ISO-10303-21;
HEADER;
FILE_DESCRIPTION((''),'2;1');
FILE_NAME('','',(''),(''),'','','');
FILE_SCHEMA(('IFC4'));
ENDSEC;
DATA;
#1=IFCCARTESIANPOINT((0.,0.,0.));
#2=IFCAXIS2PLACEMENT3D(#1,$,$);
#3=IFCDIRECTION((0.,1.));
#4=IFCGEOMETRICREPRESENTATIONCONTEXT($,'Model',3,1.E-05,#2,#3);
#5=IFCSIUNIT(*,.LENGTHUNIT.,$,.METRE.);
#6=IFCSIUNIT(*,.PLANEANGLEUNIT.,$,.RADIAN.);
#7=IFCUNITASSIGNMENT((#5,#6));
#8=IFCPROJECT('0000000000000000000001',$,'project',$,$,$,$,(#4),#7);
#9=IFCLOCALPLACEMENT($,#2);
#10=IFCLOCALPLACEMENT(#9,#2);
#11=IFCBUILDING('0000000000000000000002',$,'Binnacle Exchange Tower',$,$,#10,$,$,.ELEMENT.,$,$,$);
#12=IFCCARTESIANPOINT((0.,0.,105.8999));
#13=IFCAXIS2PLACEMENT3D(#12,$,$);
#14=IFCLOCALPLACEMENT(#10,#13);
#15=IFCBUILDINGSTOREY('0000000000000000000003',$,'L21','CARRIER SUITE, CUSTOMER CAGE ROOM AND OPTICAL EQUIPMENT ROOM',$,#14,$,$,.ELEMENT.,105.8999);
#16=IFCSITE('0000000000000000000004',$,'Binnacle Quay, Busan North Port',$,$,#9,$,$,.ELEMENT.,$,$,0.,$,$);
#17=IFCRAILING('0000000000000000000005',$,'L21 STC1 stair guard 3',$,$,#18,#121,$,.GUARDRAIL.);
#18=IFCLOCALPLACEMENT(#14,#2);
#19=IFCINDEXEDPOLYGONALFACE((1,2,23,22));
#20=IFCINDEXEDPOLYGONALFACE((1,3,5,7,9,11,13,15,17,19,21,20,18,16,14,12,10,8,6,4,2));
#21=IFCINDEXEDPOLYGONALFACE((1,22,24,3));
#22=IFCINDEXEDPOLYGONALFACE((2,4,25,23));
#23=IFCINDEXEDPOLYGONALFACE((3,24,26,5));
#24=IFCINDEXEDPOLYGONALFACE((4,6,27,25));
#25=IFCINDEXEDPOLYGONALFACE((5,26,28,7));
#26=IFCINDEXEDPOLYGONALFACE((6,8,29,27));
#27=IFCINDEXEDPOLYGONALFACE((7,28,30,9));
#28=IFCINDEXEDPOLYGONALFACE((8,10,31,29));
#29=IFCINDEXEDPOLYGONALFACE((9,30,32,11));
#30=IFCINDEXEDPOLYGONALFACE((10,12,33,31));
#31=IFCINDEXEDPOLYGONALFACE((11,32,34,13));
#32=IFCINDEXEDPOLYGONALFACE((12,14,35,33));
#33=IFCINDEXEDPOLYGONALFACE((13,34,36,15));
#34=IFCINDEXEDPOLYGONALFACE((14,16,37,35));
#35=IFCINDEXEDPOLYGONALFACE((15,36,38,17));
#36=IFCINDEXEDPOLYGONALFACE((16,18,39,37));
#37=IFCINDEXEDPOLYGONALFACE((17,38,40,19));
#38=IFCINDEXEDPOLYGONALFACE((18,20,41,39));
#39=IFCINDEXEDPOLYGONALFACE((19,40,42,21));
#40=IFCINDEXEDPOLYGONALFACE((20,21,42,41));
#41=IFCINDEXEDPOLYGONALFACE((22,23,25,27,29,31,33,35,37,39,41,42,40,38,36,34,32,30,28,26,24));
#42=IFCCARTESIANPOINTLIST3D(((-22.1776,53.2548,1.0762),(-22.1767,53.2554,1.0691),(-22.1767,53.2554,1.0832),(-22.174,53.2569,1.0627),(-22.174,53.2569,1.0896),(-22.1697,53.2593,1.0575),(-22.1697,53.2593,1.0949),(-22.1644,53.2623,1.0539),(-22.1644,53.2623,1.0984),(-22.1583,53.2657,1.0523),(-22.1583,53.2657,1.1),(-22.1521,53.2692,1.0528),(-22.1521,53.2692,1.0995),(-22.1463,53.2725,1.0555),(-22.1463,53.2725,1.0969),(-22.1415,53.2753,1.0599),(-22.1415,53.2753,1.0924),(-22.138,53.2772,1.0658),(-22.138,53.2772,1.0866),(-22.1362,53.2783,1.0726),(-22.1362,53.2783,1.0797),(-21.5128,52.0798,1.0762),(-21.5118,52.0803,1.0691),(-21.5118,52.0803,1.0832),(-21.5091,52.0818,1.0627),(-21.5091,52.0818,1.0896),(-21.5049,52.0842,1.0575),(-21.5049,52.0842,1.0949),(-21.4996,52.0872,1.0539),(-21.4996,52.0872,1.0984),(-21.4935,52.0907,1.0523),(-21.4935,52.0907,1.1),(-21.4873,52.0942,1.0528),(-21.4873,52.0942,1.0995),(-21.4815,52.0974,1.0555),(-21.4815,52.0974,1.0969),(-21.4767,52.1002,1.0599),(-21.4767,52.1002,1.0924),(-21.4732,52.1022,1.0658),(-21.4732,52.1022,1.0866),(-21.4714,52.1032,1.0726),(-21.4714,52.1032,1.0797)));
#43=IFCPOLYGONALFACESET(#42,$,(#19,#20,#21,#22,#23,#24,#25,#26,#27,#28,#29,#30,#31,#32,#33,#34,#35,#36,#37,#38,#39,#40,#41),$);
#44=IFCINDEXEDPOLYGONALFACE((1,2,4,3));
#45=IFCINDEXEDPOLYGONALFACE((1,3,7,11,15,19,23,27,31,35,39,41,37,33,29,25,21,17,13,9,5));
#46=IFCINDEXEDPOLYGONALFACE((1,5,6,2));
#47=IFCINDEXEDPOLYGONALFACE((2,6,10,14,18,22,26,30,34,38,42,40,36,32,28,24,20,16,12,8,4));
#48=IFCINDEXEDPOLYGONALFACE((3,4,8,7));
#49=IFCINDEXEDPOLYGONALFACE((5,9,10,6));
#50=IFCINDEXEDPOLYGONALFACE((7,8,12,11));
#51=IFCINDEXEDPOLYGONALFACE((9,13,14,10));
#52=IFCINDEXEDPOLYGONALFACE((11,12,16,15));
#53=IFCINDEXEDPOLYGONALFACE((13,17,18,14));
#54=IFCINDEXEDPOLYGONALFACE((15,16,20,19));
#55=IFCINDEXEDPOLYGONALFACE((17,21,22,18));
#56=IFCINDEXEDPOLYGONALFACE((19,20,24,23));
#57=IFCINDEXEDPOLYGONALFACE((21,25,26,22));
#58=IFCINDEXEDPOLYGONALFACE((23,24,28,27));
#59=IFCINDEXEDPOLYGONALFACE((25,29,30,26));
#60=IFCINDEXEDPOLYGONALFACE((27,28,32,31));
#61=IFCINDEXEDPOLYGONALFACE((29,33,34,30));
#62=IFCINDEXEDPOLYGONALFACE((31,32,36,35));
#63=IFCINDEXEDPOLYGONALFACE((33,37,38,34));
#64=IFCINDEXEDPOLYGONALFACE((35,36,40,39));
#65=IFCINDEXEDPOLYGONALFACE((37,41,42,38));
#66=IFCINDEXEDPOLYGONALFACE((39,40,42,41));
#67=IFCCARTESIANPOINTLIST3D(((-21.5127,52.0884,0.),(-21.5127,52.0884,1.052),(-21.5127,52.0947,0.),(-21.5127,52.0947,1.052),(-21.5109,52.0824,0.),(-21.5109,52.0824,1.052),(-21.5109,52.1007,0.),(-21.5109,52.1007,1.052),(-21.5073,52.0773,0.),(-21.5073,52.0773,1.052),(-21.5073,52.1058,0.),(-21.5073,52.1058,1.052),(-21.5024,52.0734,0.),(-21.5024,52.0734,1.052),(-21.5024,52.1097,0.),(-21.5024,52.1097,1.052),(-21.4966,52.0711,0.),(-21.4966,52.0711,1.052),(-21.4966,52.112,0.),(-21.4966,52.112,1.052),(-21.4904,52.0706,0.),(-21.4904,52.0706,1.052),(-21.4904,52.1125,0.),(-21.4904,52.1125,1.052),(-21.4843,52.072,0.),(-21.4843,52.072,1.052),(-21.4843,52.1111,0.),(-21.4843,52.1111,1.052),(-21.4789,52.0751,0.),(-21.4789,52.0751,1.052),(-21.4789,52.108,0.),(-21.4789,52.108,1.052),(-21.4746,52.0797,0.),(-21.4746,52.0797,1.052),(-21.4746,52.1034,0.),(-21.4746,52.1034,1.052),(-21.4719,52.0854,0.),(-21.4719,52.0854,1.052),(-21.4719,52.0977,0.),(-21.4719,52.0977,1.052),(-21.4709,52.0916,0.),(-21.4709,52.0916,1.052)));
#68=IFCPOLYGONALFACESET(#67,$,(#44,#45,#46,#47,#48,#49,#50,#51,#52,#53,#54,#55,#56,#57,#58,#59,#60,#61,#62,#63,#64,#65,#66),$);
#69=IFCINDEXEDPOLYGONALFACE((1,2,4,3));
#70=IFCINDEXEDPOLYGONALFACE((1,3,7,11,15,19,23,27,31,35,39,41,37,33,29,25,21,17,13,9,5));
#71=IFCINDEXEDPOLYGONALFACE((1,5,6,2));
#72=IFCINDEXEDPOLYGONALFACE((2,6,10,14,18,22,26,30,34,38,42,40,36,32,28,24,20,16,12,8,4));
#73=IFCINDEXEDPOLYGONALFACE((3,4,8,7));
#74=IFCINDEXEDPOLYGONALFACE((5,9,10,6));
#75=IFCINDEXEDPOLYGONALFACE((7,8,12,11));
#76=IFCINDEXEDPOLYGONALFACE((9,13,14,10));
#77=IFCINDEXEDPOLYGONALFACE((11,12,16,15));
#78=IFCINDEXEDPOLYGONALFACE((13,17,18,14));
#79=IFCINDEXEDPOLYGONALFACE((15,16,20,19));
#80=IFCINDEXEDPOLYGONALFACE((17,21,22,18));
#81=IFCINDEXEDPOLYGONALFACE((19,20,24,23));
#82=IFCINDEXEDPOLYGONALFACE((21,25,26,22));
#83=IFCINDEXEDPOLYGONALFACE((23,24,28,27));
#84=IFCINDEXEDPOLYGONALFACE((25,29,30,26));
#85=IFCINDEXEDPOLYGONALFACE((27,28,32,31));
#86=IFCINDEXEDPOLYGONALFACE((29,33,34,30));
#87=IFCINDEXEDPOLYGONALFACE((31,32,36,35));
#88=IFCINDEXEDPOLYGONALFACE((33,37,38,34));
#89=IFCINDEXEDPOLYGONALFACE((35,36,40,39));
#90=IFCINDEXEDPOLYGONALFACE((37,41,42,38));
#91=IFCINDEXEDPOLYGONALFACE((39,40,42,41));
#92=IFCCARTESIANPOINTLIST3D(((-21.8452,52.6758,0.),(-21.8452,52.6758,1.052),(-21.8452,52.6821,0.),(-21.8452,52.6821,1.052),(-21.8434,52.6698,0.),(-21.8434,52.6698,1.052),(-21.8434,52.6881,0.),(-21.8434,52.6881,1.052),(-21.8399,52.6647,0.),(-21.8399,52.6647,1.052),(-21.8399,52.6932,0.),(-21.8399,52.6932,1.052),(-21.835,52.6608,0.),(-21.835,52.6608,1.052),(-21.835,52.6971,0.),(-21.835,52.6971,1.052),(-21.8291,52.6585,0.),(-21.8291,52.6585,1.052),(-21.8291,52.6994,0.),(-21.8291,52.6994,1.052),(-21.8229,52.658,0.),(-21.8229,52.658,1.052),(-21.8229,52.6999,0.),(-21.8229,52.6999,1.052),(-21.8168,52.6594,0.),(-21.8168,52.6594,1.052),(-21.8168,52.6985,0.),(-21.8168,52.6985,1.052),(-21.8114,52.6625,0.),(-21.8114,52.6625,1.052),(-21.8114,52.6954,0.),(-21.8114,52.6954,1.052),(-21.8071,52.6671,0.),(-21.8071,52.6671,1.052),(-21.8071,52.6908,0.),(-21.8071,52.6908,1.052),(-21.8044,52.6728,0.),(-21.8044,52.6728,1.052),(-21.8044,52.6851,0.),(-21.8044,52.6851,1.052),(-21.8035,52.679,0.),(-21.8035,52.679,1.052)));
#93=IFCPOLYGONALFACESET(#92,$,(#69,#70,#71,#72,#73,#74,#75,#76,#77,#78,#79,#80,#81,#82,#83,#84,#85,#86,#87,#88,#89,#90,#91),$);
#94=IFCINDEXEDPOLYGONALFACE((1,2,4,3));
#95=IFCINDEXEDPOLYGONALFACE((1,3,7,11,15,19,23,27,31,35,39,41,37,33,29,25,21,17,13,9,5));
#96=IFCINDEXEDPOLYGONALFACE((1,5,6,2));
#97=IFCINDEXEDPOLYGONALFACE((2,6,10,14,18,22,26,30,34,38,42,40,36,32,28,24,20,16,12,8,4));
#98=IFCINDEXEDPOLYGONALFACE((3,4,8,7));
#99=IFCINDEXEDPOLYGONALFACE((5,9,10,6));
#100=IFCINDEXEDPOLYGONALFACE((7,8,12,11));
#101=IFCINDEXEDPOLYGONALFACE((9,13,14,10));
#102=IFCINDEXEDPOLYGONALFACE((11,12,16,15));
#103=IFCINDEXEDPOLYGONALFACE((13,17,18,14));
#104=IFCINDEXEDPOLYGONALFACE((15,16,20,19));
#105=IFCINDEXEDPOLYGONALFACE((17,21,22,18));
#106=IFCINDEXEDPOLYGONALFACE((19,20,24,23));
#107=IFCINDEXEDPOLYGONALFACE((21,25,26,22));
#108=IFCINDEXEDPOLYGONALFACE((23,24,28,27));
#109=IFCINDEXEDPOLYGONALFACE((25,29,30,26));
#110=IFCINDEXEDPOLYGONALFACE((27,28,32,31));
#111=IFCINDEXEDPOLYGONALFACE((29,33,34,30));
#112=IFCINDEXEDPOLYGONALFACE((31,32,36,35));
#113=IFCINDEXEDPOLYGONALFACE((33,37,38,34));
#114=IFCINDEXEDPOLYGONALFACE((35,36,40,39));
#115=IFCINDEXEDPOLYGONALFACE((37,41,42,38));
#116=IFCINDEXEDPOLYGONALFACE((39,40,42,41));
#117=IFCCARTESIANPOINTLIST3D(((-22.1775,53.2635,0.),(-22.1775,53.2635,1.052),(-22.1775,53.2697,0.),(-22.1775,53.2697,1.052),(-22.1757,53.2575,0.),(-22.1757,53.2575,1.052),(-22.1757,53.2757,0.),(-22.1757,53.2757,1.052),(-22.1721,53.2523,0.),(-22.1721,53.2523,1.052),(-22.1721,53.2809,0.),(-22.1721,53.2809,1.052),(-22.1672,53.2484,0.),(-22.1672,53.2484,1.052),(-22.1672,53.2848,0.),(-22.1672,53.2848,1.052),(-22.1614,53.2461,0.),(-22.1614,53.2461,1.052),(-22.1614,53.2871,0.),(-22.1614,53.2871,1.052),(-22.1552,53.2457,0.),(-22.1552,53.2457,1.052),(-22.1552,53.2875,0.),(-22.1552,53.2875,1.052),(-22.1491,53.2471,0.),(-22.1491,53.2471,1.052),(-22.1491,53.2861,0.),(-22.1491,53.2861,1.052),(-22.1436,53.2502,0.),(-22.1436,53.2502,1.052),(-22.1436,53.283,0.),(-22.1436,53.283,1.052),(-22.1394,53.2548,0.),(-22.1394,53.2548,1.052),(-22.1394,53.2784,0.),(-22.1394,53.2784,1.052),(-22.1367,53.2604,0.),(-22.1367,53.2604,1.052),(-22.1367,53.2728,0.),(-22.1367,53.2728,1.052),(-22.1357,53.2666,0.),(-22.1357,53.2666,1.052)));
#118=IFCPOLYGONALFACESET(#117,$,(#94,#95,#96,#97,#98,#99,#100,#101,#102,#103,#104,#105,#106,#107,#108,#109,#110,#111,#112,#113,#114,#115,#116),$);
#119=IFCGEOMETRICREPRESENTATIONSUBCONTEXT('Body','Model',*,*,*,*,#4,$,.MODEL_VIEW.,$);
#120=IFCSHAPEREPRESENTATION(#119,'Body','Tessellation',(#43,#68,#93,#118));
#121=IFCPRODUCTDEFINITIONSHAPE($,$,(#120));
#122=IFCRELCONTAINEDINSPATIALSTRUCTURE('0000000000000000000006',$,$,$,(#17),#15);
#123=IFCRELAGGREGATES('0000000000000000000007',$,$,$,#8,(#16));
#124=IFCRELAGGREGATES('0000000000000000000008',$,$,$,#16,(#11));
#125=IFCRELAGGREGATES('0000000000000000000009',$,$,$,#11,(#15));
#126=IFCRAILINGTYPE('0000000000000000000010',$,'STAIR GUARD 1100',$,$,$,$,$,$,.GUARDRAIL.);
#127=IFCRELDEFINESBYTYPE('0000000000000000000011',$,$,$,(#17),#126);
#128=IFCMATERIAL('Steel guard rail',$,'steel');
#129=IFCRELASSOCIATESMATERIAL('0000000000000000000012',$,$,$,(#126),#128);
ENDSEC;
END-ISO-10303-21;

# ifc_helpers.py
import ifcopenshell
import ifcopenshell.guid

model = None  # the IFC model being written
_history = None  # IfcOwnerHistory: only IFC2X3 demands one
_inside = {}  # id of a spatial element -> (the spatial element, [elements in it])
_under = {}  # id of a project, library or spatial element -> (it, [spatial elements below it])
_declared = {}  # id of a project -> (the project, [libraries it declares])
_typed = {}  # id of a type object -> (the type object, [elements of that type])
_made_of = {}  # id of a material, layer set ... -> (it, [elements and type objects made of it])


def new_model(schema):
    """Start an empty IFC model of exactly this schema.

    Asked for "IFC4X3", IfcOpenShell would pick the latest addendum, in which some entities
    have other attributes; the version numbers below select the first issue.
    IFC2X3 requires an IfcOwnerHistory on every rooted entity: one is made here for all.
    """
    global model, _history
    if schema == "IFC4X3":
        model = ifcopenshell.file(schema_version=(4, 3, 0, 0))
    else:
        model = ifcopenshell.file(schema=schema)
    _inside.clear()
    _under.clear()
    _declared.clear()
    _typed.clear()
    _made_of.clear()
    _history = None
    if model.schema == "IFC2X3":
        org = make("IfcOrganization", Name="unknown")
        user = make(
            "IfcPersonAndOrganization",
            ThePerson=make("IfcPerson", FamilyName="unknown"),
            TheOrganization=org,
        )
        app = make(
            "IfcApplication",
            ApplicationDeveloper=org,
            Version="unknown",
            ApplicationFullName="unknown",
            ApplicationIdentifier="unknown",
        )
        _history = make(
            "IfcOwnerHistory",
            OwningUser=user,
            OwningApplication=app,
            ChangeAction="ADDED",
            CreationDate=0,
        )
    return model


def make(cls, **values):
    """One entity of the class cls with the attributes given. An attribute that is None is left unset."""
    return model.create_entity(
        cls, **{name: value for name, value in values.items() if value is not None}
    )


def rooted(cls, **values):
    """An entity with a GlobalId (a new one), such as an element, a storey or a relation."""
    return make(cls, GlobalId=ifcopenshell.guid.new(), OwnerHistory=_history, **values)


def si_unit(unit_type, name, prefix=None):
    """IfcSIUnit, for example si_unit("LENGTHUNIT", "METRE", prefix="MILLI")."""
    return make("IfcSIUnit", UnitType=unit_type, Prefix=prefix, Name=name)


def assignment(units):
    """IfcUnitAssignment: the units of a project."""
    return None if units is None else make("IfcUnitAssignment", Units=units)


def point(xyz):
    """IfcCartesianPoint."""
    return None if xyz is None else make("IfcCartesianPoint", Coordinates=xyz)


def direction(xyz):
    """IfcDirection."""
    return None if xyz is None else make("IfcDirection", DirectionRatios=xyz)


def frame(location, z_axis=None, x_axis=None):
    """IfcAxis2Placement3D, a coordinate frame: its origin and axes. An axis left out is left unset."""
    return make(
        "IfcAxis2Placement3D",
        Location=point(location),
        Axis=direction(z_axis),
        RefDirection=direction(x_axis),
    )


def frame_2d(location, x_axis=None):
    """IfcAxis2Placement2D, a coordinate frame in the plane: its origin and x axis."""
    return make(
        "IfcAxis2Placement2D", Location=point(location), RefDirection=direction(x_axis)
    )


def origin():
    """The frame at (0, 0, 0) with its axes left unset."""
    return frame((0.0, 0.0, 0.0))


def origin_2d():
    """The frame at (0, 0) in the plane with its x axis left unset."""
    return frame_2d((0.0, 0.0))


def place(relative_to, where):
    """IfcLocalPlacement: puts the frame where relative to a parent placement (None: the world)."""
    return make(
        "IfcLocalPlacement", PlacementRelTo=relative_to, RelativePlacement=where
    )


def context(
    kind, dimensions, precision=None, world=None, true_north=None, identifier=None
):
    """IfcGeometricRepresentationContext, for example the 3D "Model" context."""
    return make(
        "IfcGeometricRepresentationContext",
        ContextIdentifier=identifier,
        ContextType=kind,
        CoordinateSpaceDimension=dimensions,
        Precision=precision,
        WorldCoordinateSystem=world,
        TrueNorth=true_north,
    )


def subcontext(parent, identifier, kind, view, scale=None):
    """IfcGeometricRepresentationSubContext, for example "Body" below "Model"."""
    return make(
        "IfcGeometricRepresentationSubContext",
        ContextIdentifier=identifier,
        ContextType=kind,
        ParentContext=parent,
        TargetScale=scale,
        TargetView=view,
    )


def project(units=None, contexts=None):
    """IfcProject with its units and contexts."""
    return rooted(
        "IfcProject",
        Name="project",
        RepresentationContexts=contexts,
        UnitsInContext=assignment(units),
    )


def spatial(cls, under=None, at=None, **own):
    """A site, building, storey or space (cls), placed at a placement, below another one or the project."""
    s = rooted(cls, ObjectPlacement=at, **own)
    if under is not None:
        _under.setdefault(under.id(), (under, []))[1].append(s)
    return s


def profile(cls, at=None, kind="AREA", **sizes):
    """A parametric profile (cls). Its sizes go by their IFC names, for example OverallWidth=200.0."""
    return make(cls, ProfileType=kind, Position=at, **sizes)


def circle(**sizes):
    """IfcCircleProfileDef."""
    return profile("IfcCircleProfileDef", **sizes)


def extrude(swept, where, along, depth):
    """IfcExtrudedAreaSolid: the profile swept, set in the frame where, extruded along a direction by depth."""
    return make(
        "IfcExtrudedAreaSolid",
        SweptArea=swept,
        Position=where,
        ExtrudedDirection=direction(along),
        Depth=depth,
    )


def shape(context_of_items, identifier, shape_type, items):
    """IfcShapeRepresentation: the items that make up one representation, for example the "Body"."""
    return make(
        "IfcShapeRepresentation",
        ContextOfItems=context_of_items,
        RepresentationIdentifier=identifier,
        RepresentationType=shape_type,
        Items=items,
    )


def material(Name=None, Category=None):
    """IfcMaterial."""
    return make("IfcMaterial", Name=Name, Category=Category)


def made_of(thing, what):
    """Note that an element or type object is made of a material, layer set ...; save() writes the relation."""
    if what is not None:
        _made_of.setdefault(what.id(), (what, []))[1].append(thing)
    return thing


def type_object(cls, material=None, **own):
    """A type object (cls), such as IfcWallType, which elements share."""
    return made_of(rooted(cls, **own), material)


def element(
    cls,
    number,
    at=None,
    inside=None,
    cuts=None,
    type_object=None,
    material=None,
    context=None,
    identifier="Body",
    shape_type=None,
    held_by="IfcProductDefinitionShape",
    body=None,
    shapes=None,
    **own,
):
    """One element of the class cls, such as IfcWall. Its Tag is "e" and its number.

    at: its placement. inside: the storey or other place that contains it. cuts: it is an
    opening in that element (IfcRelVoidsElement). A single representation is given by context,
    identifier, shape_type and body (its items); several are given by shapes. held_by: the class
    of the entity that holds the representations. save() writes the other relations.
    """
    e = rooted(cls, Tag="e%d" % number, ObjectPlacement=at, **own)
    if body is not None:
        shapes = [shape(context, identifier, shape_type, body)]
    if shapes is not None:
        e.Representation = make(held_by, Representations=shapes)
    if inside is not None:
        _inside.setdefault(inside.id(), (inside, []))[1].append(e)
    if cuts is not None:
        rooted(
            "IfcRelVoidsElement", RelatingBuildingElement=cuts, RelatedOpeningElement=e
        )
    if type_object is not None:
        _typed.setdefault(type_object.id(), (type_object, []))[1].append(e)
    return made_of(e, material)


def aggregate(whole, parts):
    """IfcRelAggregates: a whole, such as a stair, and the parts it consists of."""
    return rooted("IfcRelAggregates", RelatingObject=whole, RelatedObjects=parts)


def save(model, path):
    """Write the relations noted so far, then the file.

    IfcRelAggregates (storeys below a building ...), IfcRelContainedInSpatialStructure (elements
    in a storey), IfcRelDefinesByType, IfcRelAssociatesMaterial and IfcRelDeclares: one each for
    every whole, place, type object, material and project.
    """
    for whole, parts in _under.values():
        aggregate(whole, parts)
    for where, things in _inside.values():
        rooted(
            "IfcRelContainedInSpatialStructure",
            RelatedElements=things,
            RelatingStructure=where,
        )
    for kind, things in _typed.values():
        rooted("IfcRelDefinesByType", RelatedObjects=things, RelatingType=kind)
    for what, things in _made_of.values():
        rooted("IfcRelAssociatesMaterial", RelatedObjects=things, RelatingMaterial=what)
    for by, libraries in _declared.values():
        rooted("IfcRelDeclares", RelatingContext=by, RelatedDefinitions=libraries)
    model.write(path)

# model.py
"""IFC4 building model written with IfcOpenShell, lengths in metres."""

from ifc_helpers import new_model, si_unit, direction, frame, origin, origin_2d, place, context, subcontext, project, spatial, circle, extrude, material, type_object, element, save


model = new_model("IFC4")

# Units and contexts
model_context = context("Model", 3, precision=1e-05, world=origin(), true_north=direction((0.0, 1.0)))
body_context = subcontext(model_context, "Body", "Model", "MODEL_VIEW")
ifc_project = project(units=[si_unit("LENGTHUNIT", "METRE"), si_unit("PLANEANGLEUNIT", "RADIAN")], contexts=[model_context])

# Site, building, storey
site_placement = place(None, origin())
site = spatial("IfcSite", under=ifc_project, at=site_placement, Name="Binnacle Quay, Busan North Port", CompositionType="ELEMENT", RefElevation=0.0)
building_placement = place(site_placement, origin())
building = spatial("IfcBuilding", under=site, at=building_placement, Name="Binnacle Exchange Tower", CompositionType="ELEMENT")
storey_placement = place(building_placement, frame((0.0, 0.0, 105.8999)))
storey = spatial("IfcBuildingStorey", under=building, at=storey_placement, Name="L21", Description="CARRIER SUITE, CUSTOMER CAGE ROOM AND OPTICAL EQUIPMENT ROOM", CompositionType="ELEMENT", Elevation=105.8999)

# Railing
ifc_material_1 = material(Name="Steel guard rail", Category="steel")
railing_type = type_object("IfcRailingType", Name="STAIR GUARD 1100", PredefinedType="GUARDRAIL", material=ifc_material_1)
railing_1_placement = place(storey_placement, frame((-21.4919, 52.0916, 0.0)))
element("IfcRailing", 1, at=railing_1_placement, inside=storey, type_object=railing_type, Name="L21 STC1 stair guard 3", PredefinedType="GUARDRAIL", context=body_context, shape_type="SweptSolid", body=[
    extrude(circle(Radius=0.0239, at=origin_2d()), frame((0.0, 0.0, 1.0762), z_axis=(-0.492415, 0.870361, 0.0), x_axis=(-0.870361, -0.492415, 0.0)), (0.0, 0.0, 1.0), 1.3501),
    extrude(circle(Radius=0.021, at=origin_2d()), origin(), (0.0, 0.0, 1.0), 1.052),
    extrude(circle(Radius=0.021, at=origin_2d()), frame((-0.3325, 0.5874, 0.0)), (0.0, 0.0, 1.0), 1.052),
    extrude(circle(Radius=0.021, at=origin_2d()), frame((-0.6648, 1.175, 0.0)), (0.0, 0.0, 1.0), 1.052),
])

save(model, "model.ifc")
